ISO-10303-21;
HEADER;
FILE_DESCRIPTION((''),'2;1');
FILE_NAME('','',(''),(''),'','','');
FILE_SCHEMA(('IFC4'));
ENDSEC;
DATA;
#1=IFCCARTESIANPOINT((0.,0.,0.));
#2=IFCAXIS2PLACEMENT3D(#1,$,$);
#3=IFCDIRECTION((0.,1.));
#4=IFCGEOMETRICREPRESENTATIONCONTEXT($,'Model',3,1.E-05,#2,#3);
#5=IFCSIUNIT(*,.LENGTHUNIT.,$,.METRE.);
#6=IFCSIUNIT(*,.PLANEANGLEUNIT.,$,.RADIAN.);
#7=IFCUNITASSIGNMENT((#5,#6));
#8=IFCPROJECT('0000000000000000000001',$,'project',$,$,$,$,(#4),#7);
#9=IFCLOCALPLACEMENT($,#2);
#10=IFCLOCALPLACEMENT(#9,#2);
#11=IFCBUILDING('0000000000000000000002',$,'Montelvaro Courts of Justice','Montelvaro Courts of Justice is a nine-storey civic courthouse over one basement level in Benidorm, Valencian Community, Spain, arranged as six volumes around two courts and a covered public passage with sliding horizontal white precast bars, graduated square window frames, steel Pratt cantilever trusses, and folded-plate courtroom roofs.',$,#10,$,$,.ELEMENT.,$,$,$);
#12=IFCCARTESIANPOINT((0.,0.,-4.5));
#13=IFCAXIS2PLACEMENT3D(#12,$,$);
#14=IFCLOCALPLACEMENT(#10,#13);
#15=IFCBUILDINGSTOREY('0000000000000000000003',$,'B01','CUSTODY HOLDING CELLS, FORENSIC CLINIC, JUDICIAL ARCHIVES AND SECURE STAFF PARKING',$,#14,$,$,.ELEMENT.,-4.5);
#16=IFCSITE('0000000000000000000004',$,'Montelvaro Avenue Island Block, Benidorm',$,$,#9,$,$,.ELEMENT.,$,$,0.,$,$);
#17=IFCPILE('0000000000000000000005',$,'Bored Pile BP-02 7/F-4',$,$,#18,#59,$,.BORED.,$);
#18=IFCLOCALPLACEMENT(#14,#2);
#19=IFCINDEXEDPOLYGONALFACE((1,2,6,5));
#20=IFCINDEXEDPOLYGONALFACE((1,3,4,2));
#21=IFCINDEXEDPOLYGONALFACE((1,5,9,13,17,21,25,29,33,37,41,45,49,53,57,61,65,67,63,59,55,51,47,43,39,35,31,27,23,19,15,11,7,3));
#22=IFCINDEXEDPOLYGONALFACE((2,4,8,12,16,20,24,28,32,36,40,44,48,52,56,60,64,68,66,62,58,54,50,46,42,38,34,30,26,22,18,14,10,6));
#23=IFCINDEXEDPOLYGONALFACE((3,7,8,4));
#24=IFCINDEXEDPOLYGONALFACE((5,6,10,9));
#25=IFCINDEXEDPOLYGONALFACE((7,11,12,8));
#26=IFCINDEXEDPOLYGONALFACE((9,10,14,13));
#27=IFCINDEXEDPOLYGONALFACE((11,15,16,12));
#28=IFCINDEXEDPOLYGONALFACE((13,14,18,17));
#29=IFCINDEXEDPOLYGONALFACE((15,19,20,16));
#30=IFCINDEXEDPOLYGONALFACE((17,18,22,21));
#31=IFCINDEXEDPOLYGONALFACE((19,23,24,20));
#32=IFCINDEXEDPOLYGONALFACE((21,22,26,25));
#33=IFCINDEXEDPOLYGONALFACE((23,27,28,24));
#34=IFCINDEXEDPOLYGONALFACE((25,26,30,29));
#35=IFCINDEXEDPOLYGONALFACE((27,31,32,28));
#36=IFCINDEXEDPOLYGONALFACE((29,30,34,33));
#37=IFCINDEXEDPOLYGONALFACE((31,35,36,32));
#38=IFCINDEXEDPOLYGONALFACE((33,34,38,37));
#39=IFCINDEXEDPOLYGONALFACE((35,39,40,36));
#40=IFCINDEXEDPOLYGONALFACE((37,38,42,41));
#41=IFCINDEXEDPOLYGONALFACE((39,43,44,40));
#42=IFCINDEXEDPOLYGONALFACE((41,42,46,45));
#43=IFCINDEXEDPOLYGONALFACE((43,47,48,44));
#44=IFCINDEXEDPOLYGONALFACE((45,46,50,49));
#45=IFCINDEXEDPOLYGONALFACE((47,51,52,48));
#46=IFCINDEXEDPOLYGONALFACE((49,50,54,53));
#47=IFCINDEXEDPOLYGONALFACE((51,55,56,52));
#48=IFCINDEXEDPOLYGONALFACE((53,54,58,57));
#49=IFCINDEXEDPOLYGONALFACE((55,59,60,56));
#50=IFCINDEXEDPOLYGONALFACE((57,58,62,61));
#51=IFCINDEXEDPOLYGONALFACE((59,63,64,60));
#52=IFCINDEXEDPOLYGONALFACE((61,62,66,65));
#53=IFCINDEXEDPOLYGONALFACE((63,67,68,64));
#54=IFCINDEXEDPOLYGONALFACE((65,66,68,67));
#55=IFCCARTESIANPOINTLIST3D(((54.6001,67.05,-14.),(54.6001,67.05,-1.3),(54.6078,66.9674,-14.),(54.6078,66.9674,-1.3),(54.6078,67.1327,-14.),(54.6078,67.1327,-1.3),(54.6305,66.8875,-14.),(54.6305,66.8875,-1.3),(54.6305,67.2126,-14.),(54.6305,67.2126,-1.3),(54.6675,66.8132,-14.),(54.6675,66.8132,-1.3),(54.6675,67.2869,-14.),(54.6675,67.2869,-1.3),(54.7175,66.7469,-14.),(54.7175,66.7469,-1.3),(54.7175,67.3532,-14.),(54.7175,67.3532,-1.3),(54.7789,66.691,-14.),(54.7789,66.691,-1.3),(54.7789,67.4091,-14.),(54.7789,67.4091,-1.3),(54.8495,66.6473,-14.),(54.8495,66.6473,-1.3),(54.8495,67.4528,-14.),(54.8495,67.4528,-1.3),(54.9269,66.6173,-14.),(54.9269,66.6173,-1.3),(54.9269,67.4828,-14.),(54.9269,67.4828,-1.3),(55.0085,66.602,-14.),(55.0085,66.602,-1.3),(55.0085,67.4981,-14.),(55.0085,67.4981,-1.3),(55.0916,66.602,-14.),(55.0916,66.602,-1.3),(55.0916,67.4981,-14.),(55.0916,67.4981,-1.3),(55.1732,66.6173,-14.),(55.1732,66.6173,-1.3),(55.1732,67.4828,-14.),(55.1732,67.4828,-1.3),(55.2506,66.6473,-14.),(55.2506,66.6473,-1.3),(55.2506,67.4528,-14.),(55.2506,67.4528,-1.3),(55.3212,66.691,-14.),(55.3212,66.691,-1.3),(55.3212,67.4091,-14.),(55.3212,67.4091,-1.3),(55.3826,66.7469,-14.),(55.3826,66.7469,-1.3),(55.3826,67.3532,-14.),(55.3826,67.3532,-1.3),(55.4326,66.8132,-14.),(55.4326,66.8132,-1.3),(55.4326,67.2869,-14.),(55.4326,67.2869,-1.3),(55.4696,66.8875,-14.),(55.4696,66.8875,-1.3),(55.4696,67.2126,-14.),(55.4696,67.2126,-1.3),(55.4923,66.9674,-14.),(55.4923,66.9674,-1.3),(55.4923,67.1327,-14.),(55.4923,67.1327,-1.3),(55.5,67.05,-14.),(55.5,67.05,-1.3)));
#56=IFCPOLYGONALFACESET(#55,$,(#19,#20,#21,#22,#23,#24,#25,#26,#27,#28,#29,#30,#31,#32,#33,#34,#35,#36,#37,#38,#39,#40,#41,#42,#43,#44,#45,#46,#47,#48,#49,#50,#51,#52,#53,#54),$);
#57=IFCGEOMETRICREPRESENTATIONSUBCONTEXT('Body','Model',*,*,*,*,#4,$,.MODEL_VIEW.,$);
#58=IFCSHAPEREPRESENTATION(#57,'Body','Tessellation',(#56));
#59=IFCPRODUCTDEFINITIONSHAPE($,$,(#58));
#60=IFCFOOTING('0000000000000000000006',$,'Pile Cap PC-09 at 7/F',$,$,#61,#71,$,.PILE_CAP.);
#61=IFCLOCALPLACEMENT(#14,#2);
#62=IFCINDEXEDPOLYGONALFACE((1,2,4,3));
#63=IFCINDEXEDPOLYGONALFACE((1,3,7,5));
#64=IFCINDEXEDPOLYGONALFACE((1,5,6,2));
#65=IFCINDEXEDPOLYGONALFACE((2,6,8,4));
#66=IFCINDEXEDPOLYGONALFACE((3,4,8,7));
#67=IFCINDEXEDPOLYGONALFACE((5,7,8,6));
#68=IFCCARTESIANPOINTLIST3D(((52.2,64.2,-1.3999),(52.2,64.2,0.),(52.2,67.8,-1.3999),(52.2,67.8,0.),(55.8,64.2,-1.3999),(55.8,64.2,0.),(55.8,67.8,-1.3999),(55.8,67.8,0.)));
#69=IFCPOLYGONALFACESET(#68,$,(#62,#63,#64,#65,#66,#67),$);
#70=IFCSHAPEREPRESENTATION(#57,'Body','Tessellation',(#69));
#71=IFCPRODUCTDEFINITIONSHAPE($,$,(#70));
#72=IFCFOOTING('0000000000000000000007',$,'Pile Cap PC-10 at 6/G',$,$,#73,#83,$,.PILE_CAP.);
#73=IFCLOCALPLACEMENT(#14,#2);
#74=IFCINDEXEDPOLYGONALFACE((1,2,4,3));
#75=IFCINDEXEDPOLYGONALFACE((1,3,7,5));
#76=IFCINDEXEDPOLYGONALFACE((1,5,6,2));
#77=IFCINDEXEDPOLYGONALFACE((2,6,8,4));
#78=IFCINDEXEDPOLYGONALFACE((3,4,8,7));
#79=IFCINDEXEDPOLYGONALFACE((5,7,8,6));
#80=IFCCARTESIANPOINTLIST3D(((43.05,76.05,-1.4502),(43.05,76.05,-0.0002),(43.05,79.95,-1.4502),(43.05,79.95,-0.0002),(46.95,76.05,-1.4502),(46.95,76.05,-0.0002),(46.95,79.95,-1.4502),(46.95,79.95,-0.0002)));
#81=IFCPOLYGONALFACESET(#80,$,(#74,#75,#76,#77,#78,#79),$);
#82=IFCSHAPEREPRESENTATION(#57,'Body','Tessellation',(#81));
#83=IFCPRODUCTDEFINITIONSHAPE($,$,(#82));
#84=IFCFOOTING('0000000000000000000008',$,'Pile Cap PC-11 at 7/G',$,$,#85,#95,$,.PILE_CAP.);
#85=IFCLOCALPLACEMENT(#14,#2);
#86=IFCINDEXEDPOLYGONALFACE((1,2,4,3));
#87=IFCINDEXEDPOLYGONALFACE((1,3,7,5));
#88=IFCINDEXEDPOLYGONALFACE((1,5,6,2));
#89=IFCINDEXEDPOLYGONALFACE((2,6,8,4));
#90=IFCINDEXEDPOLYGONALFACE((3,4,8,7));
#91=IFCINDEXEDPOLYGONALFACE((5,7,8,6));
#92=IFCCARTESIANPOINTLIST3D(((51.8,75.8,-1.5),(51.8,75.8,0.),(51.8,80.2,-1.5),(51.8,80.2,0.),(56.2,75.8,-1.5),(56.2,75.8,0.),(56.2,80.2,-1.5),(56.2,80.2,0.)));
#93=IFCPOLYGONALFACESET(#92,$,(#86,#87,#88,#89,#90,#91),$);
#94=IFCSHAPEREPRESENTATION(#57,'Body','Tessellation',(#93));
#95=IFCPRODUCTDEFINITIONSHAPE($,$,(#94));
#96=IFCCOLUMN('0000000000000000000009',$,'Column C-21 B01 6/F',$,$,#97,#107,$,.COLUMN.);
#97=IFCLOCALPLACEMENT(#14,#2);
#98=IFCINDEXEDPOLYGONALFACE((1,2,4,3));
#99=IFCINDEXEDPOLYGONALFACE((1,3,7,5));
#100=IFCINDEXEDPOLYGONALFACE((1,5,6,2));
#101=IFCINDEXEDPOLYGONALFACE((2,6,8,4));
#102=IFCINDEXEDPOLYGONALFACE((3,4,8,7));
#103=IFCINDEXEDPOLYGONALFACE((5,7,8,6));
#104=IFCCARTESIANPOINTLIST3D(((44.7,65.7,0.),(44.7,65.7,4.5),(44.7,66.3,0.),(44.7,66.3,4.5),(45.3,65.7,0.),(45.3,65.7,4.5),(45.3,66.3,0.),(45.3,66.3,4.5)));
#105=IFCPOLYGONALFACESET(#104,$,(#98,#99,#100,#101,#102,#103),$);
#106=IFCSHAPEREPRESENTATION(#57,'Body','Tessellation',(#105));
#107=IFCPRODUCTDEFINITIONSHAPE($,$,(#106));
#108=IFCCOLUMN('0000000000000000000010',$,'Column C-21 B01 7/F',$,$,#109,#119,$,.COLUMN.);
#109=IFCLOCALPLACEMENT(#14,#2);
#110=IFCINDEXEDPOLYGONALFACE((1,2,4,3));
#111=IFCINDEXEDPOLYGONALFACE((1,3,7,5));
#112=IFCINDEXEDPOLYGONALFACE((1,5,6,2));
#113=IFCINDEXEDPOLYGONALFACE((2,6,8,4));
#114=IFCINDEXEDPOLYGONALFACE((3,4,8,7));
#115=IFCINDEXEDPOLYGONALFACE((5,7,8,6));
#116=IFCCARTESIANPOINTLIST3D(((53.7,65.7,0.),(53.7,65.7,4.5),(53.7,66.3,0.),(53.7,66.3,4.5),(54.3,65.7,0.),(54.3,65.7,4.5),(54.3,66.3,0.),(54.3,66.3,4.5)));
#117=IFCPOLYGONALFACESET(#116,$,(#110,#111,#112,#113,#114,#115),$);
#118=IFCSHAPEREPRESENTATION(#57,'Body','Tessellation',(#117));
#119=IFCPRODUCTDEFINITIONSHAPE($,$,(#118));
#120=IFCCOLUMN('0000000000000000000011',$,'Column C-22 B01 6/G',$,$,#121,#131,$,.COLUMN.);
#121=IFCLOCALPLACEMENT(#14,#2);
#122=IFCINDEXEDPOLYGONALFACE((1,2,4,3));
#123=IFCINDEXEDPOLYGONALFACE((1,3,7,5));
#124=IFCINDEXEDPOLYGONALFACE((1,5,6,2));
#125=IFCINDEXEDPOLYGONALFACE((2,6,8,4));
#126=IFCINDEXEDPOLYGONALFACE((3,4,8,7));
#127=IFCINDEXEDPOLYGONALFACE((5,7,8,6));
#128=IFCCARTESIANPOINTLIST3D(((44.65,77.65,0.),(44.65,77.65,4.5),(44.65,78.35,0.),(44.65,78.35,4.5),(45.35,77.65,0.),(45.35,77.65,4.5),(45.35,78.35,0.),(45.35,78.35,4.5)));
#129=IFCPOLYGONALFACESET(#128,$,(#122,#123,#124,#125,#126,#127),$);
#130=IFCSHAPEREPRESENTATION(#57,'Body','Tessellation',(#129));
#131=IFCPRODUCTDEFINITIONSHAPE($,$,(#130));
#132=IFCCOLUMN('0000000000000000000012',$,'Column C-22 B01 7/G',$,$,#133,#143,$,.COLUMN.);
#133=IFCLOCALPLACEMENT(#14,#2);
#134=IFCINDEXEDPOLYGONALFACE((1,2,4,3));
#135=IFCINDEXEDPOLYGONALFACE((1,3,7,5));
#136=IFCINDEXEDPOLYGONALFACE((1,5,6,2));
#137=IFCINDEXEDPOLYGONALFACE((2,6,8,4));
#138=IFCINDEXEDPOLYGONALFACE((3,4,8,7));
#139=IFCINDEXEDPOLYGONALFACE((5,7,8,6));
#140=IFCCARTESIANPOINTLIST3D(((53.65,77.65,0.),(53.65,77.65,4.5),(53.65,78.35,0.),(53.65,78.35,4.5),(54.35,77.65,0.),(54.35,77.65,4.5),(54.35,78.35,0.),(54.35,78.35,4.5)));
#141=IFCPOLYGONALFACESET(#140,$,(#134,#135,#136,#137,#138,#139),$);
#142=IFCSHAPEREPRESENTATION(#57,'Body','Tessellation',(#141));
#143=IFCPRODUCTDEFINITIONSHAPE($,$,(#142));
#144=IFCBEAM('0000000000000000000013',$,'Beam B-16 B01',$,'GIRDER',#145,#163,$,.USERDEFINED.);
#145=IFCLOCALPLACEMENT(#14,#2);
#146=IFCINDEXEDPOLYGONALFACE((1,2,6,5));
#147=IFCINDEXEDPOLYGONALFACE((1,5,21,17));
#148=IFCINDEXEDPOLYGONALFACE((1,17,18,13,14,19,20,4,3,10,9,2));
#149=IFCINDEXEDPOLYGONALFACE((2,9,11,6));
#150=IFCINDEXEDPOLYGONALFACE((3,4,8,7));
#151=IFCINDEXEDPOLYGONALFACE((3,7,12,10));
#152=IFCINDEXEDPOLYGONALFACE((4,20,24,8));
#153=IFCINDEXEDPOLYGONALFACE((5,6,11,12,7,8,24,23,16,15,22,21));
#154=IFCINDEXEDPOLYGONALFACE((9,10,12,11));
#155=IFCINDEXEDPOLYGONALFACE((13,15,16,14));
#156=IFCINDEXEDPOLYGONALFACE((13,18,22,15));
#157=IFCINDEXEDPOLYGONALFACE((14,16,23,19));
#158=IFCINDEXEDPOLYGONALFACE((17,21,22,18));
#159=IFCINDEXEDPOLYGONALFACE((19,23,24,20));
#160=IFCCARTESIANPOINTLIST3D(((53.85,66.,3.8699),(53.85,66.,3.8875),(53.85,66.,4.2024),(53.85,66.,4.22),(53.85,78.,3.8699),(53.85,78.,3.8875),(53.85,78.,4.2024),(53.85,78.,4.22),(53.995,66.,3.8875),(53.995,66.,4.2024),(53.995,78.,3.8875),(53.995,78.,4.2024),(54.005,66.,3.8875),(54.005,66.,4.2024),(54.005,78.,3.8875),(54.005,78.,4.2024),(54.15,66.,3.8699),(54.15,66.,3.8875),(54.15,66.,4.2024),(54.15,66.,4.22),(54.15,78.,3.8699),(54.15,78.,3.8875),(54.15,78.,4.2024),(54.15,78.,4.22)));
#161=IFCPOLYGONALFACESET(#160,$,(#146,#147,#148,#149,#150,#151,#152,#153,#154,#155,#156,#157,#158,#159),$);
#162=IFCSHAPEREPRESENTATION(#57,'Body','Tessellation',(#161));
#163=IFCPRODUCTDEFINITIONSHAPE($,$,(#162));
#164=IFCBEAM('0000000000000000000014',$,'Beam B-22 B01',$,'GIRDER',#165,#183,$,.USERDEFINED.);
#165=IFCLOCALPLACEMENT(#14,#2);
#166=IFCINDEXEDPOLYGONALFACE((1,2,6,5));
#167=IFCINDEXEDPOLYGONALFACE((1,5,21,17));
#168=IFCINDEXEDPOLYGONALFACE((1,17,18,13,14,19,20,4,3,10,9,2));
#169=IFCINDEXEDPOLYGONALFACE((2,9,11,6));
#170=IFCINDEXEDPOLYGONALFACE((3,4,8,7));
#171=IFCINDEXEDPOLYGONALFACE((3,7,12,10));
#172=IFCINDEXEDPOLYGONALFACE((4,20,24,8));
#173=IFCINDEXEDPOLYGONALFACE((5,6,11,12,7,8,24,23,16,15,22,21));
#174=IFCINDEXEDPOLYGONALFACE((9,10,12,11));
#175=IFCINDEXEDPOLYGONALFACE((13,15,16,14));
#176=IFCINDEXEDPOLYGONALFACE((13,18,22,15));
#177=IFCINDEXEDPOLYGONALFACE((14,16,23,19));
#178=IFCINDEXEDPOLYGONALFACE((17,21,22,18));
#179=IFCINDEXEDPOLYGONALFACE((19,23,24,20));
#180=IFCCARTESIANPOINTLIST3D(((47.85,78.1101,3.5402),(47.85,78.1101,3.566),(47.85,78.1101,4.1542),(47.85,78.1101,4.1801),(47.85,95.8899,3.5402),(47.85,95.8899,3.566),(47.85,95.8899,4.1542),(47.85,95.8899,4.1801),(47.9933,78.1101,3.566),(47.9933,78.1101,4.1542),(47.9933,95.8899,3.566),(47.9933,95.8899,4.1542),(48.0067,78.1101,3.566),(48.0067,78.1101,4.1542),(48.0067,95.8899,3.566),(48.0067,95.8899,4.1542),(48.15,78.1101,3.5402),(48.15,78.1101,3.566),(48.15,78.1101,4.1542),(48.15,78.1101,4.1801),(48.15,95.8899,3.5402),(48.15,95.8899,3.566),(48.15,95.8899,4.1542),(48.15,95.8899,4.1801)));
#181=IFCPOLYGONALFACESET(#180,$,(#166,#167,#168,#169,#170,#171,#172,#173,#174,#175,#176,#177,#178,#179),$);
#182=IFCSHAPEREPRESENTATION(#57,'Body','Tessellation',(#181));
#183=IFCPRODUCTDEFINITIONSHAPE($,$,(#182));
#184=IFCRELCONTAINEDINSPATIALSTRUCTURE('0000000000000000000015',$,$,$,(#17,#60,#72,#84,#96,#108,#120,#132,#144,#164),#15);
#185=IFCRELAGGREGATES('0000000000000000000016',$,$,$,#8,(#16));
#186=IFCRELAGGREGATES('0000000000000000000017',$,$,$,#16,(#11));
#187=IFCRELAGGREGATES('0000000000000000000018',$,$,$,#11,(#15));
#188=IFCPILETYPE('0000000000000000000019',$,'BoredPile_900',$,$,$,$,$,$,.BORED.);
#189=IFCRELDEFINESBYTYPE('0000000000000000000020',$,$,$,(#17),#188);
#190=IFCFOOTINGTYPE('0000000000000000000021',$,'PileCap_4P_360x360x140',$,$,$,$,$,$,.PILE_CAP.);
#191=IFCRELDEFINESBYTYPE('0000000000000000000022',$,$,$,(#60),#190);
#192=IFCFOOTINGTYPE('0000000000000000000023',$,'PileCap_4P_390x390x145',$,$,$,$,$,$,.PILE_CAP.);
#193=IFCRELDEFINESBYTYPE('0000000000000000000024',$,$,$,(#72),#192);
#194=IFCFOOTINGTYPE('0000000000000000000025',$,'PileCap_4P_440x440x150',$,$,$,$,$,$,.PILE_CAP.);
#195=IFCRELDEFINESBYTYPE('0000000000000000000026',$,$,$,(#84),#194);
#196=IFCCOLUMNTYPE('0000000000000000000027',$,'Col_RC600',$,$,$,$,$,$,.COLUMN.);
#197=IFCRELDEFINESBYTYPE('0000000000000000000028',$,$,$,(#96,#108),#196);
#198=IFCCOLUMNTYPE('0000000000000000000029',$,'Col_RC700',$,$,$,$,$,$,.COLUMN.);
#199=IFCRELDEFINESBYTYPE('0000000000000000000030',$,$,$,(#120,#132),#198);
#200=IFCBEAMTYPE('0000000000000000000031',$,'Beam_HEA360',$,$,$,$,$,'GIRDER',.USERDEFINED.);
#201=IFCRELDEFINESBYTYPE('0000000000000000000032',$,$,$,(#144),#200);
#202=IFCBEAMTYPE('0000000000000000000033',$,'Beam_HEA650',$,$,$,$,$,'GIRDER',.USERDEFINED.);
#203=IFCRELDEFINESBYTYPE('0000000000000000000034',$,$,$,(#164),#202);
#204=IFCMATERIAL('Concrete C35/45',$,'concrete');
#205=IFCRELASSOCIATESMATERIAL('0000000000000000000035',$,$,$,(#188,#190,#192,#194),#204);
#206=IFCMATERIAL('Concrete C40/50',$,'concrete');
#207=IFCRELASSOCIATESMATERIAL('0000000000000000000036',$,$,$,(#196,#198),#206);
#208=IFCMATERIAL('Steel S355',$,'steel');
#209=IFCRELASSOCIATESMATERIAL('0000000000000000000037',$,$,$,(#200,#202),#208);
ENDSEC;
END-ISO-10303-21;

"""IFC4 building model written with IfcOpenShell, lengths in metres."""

from ifc_helpers import new_model, si_unit, direction, frame, origin, origin_2d, place, context, subcontext, project, spatial, rectangle, circle, i_section, extrude, material, material_profile, profile_set, type_object, element, save


model = new_model("IFC4")

# Units and contexts
model_context = context("Model", 3, precision=1e-05, world=origin(), true_north=direction((0.0, 1.0)))
body_context = subcontext(model_context, "Body", "Model", "MODEL_VIEW")
ifc_project = project(units=[si_unit("LENGTHUNIT", "METRE"), si_unit("PLANEANGLEUNIT", "RADIAN")], contexts=[model_context])

# Site, building, storey
site_placement = place(None, origin())
site = spatial("IfcSite", under=ifc_project, at=site_placement, Name="Montelvaro Avenue Island Block, Benidorm", CompositionType="ELEMENT", RefElevation=0.0)
building_placement = place(site_placement, origin())
building = spatial("IfcBuilding", under=site, at=building_placement, Name="Montelvaro Courts of Justice", Description="Montelvaro Courts of Justice is a nine-storey civic courthouse over one basement level in Benidorm, Valencian Community, Spain, arranged as six volumes around two courts and a covered public passage with sliding horizontal white precast bars, graduated square window frames, steel Pratt cantilever trusses, and folded-plate courtroom roofs.", CompositionType="ELEMENT")
storey_placement = place(building_placement, frame((0.0, 0.0, -4.5)))
storey = spatial("IfcBuildingStorey", under=building, at=storey_placement, Name="B01", Description="CUSTODY HOLDING CELLS, FORENSIC CLINIC, JUDICIAL ARCHIVES AND SECURE STAFF PARKING", CompositionType="ELEMENT", Elevation=-4.5)

# Pile
ifc_material_1 = material(Name="Concrete C35/45", Category="concrete")
ifc_material_profile_1 = material_profile(ifc_material_1, circle(Radius=0.45, at=origin_2d()), Name="BORED PILE D900")
ifc_profile_set_1 = profile_set([ifc_material_profile_1], Name="Concrete C35/45")
pile_type_1 = type_object("IfcPileType", Name="BoredPile_900", PredefinedType="BORED", material=ifc_profile_set_1)
for number, where, z_axis, x_axis, name in (
    (1, (55.05, 67.05, -1.3), (0.0, 0.0, -1.0), (1.0, 0.0, 0.0), "Bored Pile BP-02 7/F-4"),
):
    element("IfcPile", number, at=place(storey_placement, frame(where, z_axis=z_axis, x_axis=x_axis)), inside=storey, type_object=pile_type_1, Name=name, PredefinedType="BORED", context=body_context, shape_type="SweptSolid", body=[
        extrude(circle(Radius=0.45, at=origin_2d()), origin(), (0.0, 0.0, 1.0), 12.7),
    ])

# Footings
footing_type_1 = type_object("IfcFootingType", Name="PileCap_4P_360x360x140", PredefinedType="PILE_CAP", material=ifc_material_1)
footing_1_placement = place(storey_placement, frame((54.0, 66.0, -1.3999), z_axis=(0.0, 0.0, 1.0), x_axis=(1.0, 0.0, 0.0)))
element("IfcFooting", 2, at=footing_1_placement, inside=storey, type_object=footing_type_1, Name="Pile Cap PC-09 at 7/F", PredefinedType="PILE_CAP", context=body_context, shape_type="SweptSolid", body=[
    extrude(rectangle(XDim=3.6001, YDim=3.6001, at=origin_2d()), origin(), (0.0, 0.0, 1.0), 1.3999),
])
footing_type_2 = type_object("IfcFootingType", Name="PileCap_4P_390x390x145", PredefinedType="PILE_CAP", material=ifc_material_1)
footing_2_placement = place(storey_placement, frame((45.0, 78.0, -1.4502), z_axis=(0.0, 0.0, 1.0), x_axis=(1.0, 0.0, 0.0)))
element("IfcFooting", 3, at=footing_2_placement, inside=storey, type_object=footing_type_2, Name="Pile Cap PC-10 at 6/G", PredefinedType="PILE_CAP", context=body_context, shape_type="SweptSolid", body=[
    extrude(rectangle(XDim=3.8999, YDim=3.8999, at=origin_2d()), origin(), (0.0, 0.0, 1.0), 1.45),
])
footing_type_3 = type_object("IfcFootingType", Name="PileCap_4P_440x440x150", PredefinedType="PILE_CAP", material=ifc_material_1)
footing_3_placement = place(storey_placement, frame((54.0, 78.0, -1.5), z_axis=(0.0, 0.0, 1.0), x_axis=(1.0, 0.0, 0.0)))
element("IfcFooting", 4, at=footing_3_placement, inside=storey, type_object=footing_type_3, Name="Pile Cap PC-11 at 7/G", PredefinedType="PILE_CAP", context=body_context, shape_type="SweptSolid", body=[
    extrude(rectangle(XDim=4.3999, YDim=4.3999, at=origin_2d()), origin(), (0.0, 0.0, 1.0), 1.5),
])

# Columns
ifc_material_2 = material(Name="Concrete C40/50", Category="concrete")
ifc_material_profile_2 = material_profile(ifc_material_2, rectangle(XDim=0.6001, YDim=0.6001, at=origin_2d()), Name="RC 600x600")
ifc_profile_set_2 = profile_set([ifc_material_profile_2], Name="Concrete C40/50")
column_type_1 = type_object("IfcColumnType", Name="Col_RC600", PredefinedType="COLUMN", material=ifc_profile_set_2)
for number, where, z_axis, x_axis, name in (
    (5, (45.0, 66.0, 0.0), (0.0, 0.0, 1.0), (1.0, 0.0, 0.0), "Column C-21 B01 6/F"),
    (6, (54.0, 66.0, 0.0), (0.0, 0.0, 1.0), (1.0, 0.0, 0.0), "Column C-21 B01 7/F"),
):
    element("IfcColumn", number, at=place(storey_placement, frame(where, z_axis=z_axis, x_axis=x_axis)), inside=storey, type_object=column_type_1, Name=name, PredefinedType="COLUMN", context=body_context, shape_type="SweptSolid", body=[
        extrude(rectangle(XDim=0.6001, YDim=0.6001, at=origin_2d()), origin(), (0.0, 0.0, 1.0), 4.5),
    ])
ifc_material_profile_3 = material_profile(ifc_material_2, rectangle(XDim=0.7, YDim=0.7, at=origin_2d()), Name="RC 700x700")
ifc_profile_set_3 = profile_set([ifc_material_profile_3], Name="Concrete C40/50")
column_type_2 = type_object("IfcColumnType", Name="Col_RC700", PredefinedType="COLUMN", material=ifc_profile_set_3)
for number, where, z_axis, x_axis, name in (
    (7, (45.0, 78.0, 0.0), (0.0, 0.0, 1.0), (1.0, 0.0, 0.0), "Column C-22 B01 6/G"),
    (8, (54.0, 78.0, 0.0), (0.0, 0.0, 1.0), (1.0, 0.0, 0.0), "Column C-22 B01 7/G"),
):
    element("IfcColumn", number, at=place(storey_placement, frame(where, z_axis=z_axis, x_axis=x_axis)), inside=storey, type_object=column_type_2, Name=name, PredefinedType="COLUMN", context=body_context, shape_type="SweptSolid", body=[
        extrude(rectangle(XDim=0.7, YDim=0.7, at=origin_2d()), origin(), (0.0, 0.0, 1.0), 4.5),
    ])

# Beams
ifc_material_3 = material(Name="Steel S355", Category="steel")
ifc_material_profile_4 = material_profile(ifc_material_3, i_section(OverallWidth=0.3, OverallDepth=0.3501, WebThickness=0.01, FlangeThickness=0.0176, at=origin_2d()), Name="HEA 360")
ifc_profile_set_4 = profile_set([ifc_material_profile_4], Name="Steel S355")
beam_type_1 = type_object("IfcBeamType", Name="Beam_HEA360", ElementType="GIRDER", PredefinedType="USERDEFINED", material=ifc_profile_set_4)
beam_1_placement = place(storey_placement, frame((54.0, 66.0, 4.0449), z_axis=(0.0, 1.0, 0.0), x_axis=(-1.0, 0.0, 0.0)))
element("IfcBeam", 9, at=beam_1_placement, inside=storey, type_object=beam_type_1, Name="Beam B-16 B01", ObjectType="GIRDER", PredefinedType="USERDEFINED", context=body_context, shape_type="SweptSolid", body=[
    extrude(i_section(OverallWidth=0.3, OverallDepth=0.3501, WebThickness=0.01, FlangeThickness=0.0176, at=origin_2d()), origin(), (0.0, 0.0, 1.0), 12.0),
])
ifc_material_profile_5 = material_profile(ifc_material_3, i_section(OverallWidth=0.3, OverallDepth=0.6399, WebThickness=0.0134, FlangeThickness=0.0259, at=origin_2d()), Name="HEA 650")
ifc_profile_set_5 = profile_set([ifc_material_profile_5], Name="Steel S355")
beam_type_2 = type_object("IfcBeamType", Name="Beam_HEA650", ElementType="GIRDER", PredefinedType="USERDEFINED", material=ifc_profile_set_5)
beam_2_placement = place(storey_placement, frame((48.0, 78.1101, 3.8601), z_axis=(0.0, 1.0, 0.0), x_axis=(-1.0, 0.0, 0.0)))
element("IfcBeam", 10, at=beam_2_placement, inside=storey, type_object=beam_type_2, Name="Beam B-22 B01", ObjectType="GIRDER", PredefinedType="USERDEFINED", context=body_context, shape_type="SweptSolid", body=[
    extrude(i_section(OverallWidth=0.3, OverallDepth=0.6399, WebThickness=0.0134, FlangeThickness=0.0259, at=origin_2d()), origin(), (0.0, 0.0, 1.0), 17.7798),
])

save(model, "model.ifc")
